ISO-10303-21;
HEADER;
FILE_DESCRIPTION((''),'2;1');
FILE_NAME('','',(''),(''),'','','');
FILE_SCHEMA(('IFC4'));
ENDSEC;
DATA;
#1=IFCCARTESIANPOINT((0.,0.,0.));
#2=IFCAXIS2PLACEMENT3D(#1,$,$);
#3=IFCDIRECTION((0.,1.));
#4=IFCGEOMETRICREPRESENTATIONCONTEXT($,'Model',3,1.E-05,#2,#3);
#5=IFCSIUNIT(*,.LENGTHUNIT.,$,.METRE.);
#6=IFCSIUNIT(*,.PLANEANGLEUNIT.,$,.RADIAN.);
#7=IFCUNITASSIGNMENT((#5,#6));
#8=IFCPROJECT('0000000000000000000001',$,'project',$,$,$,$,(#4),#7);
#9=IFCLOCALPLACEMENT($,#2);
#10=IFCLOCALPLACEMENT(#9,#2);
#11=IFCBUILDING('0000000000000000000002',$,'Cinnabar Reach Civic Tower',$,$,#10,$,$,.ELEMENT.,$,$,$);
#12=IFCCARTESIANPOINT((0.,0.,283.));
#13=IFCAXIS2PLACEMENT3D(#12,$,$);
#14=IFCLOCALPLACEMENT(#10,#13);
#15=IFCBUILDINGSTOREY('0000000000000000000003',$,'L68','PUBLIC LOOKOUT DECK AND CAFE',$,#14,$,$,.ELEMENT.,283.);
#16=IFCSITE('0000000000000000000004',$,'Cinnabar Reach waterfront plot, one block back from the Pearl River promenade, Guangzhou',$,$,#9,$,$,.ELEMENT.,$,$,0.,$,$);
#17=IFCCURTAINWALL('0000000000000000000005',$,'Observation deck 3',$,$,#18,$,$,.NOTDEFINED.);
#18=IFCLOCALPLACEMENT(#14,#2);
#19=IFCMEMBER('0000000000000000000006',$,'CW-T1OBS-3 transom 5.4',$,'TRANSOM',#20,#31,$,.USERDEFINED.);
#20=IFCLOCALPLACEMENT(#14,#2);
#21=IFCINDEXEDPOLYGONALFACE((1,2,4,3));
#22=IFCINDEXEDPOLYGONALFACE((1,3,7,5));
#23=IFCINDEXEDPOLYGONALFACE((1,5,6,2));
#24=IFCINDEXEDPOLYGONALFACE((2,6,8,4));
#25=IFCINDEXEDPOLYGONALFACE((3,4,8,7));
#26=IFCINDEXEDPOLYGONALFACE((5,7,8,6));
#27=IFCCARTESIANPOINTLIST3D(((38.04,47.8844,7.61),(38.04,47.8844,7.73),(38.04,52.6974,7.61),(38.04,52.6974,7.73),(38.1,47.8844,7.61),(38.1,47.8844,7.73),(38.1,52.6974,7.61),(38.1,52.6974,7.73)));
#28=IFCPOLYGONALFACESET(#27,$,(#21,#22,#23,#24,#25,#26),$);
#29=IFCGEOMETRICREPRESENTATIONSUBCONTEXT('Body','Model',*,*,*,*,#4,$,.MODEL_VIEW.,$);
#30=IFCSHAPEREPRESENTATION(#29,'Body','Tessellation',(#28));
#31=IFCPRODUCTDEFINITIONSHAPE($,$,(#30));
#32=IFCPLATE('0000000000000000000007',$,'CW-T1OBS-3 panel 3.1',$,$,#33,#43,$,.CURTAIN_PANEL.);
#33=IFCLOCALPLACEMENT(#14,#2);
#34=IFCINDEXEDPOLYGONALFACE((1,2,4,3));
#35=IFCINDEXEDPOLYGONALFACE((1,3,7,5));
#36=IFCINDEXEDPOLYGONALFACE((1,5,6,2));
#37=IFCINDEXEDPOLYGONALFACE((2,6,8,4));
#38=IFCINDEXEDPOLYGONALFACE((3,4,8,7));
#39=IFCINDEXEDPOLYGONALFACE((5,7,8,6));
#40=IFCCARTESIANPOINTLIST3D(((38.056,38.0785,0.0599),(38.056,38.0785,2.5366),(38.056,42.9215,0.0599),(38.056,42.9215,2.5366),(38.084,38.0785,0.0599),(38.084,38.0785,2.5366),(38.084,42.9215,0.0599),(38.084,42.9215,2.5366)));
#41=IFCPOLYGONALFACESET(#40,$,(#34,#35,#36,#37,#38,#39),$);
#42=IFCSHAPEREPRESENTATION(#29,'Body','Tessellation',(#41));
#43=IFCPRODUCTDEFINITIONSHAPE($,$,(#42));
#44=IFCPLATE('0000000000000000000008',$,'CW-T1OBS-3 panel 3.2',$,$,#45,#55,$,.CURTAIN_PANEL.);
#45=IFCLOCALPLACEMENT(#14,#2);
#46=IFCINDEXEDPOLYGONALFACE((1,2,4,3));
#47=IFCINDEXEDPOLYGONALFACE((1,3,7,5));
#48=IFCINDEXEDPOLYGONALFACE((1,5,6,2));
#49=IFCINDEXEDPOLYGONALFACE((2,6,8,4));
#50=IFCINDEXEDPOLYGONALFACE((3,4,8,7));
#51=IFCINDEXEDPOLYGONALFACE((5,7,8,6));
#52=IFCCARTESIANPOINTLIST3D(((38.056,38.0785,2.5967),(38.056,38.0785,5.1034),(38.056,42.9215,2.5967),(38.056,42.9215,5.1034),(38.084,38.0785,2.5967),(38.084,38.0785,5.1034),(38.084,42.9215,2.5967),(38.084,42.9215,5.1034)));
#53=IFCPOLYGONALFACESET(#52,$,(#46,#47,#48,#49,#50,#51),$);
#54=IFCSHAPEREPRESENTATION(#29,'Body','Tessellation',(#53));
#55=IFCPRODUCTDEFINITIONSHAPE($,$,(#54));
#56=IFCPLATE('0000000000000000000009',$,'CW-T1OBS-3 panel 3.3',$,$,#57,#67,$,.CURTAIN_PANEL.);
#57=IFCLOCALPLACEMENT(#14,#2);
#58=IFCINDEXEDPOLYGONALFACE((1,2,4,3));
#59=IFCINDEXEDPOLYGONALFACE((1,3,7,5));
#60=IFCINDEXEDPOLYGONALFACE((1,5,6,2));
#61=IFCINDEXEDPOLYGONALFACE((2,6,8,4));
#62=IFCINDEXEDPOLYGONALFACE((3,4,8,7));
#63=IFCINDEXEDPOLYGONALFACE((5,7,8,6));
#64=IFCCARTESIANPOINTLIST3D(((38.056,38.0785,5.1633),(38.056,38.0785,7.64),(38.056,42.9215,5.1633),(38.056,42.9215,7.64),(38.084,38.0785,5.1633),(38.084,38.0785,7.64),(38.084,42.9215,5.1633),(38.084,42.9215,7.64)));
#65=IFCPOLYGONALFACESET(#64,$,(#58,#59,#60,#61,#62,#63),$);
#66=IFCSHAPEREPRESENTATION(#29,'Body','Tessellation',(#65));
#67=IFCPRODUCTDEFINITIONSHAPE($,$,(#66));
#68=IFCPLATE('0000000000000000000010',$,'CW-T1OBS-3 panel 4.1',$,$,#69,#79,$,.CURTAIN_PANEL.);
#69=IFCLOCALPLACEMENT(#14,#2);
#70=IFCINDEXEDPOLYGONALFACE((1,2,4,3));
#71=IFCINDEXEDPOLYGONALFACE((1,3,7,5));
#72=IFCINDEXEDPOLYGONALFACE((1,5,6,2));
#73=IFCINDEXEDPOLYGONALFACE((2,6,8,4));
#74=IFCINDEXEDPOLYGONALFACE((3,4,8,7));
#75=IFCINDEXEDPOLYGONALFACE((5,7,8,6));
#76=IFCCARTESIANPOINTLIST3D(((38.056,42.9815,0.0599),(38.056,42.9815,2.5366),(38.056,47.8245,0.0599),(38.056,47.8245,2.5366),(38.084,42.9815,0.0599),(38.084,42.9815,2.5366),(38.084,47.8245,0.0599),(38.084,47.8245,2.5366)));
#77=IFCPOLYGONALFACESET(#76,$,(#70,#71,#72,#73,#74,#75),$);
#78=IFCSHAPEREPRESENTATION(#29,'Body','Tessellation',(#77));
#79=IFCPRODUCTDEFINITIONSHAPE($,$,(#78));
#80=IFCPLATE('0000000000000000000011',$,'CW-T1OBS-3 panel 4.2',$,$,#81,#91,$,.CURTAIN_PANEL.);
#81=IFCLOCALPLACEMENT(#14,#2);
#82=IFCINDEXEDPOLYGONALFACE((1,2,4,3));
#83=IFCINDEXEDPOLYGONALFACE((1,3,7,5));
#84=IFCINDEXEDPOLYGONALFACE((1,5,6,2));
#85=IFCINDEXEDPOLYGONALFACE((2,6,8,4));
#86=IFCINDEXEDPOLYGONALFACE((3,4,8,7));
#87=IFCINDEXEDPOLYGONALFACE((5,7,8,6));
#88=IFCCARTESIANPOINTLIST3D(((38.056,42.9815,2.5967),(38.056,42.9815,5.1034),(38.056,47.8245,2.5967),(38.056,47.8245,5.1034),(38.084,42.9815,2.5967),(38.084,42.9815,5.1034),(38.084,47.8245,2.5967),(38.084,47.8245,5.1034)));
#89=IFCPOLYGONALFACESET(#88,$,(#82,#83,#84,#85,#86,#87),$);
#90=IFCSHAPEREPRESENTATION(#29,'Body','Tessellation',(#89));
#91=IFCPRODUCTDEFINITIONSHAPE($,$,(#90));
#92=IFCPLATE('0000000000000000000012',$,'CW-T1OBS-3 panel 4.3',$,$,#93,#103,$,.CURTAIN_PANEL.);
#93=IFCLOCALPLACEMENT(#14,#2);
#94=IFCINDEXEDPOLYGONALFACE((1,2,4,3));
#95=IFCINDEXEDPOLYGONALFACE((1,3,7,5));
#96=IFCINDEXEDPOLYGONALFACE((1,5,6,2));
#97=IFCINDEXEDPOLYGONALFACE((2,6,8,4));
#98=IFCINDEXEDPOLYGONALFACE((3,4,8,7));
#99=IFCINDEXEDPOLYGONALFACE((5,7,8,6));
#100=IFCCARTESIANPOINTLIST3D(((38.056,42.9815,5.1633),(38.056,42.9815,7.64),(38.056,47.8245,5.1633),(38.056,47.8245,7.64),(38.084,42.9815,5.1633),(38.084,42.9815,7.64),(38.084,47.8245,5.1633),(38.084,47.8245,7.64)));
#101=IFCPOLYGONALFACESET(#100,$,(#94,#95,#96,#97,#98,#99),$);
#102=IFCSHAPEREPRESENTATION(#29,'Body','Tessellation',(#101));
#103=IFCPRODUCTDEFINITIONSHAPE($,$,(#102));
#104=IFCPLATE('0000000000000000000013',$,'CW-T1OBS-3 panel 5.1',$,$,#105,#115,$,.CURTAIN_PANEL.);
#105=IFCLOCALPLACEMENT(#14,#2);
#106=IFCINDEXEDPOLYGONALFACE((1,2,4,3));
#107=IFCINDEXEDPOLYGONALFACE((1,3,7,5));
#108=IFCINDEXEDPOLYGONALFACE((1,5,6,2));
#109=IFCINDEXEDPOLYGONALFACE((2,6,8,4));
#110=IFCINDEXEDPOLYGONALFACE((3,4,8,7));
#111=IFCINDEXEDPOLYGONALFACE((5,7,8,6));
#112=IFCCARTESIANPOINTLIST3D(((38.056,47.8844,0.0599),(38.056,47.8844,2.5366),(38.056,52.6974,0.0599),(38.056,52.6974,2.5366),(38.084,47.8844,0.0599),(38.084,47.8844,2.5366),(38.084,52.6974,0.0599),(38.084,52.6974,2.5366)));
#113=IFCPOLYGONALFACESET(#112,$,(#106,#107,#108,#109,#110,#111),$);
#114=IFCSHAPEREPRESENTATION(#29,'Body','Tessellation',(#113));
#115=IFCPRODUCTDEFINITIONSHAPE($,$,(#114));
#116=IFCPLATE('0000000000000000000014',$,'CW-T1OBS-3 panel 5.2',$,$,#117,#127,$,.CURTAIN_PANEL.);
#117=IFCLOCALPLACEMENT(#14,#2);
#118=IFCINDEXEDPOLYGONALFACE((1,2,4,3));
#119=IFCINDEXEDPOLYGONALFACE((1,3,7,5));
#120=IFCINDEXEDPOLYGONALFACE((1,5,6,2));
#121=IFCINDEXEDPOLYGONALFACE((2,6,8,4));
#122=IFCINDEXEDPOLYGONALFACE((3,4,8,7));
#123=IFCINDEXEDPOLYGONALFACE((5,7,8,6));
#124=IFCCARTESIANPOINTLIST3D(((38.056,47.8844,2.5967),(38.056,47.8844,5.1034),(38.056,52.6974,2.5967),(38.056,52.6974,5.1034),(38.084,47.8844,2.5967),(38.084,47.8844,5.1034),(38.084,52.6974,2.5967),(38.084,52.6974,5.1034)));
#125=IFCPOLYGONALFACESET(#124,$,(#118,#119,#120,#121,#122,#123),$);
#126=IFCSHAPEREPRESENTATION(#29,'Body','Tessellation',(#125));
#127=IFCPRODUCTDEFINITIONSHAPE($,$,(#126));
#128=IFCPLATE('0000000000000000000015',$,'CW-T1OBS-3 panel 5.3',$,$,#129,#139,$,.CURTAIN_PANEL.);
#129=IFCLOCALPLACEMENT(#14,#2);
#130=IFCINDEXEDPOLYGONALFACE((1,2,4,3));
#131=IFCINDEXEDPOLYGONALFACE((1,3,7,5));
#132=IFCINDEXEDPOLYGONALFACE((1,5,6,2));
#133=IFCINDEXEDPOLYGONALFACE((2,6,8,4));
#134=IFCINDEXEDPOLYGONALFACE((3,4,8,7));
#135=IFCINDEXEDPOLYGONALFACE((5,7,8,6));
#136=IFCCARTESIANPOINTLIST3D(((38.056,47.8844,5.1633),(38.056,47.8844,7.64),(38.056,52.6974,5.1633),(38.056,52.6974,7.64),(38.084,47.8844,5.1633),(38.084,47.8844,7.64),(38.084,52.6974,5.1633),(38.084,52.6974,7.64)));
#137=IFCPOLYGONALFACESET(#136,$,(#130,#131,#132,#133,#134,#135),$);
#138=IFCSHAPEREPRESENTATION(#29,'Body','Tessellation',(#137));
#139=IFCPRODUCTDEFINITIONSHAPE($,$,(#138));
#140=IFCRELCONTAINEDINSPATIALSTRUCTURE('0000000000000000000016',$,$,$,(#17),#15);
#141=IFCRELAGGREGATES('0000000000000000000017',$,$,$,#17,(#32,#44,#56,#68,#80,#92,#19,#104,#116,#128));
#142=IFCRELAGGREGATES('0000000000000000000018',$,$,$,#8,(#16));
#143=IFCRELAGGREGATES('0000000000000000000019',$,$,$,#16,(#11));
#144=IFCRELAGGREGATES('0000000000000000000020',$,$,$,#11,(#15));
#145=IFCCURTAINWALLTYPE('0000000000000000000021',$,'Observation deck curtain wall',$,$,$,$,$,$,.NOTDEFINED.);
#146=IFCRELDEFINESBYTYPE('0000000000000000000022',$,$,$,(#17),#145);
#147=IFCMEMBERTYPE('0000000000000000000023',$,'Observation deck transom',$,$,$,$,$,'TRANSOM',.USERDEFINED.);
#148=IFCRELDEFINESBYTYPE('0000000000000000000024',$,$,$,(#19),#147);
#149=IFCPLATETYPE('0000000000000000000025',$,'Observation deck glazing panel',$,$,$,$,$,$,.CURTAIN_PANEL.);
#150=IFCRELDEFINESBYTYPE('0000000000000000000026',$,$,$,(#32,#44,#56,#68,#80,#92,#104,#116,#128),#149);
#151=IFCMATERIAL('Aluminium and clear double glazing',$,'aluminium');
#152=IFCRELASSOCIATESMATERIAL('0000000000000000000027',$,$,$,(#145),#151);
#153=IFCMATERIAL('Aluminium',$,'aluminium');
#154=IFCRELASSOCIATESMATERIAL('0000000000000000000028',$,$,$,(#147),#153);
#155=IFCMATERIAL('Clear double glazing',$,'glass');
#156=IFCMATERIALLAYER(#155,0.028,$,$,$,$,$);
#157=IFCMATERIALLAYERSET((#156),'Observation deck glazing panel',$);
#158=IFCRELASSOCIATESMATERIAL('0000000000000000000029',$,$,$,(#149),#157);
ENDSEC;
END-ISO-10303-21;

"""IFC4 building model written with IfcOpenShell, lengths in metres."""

from ifc_helpers import new_model, si_unit, direction, frame, origin, origin_2d, place, context, subcontext, project, spatial, rectangle, extrude, material, layer, layer_set, material_profile, profile_set, type_object, element, aggregate, save


model = new_model("IFC4")

# Units and contexts
model_context = context("Model", 3, precision=1e-05, world=origin(), true_north=direction((0.0, 1.0)))
body_context = subcontext(model_context, "Body", "Model", "MODEL_VIEW")
ifc_project = project(units=[si_unit("LENGTHUNIT", "METRE"), si_unit("PLANEANGLEUNIT", "RADIAN")], contexts=[model_context])

# Site, building, storey
site_placement = place(None, origin())
site = spatial("IfcSite", under=ifc_project, at=site_placement, Name="Cinnabar Reach waterfront plot, one block back from the Pearl River promenade, Guangzhou", CompositionType="ELEMENT", RefElevation=0.0)
building_placement = place(site_placement, origin())
building = spatial("IfcBuilding", under=site, at=building_placement, Name="Cinnabar Reach Civic Tower", CompositionType="ELEMENT")
storey_placement = place(building_placement, frame((0.0, 0.0, 283.0)))
storey = spatial("IfcBuildingStorey", under=building, at=storey_placement, Name="L68", Description="PUBLIC LOOKOUT DECK AND CAFE", CompositionType="ELEMENT", Elevation=283.0)

# Curtain wall, member, plates
ifc_material_1 = material(Name="Aluminium and clear double glazing", Category="aluminium")
curtain_wall_type = type_object("IfcCurtainWallType", Name="Observation deck curtain wall", PredefinedType="NOTDEFINED", material=ifc_material_1)
curtain_wall_placement = place(storey_placement, origin())
curtain_wall = element("IfcCurtainWall", 1, at=curtain_wall_placement, inside=storey, type_object=curtain_wall_type, Name="Observation deck 3", PredefinedType="NOTDEFINED")
ifc_material_2 = material(Name="Aluminium", Category="aluminium")
ifc_material_profile_1 = material_profile(ifc_material_2, rectangle(XDim=0.06, YDim=0.12, at=origin_2d()), Name="Observation deck transom")
ifc_profile_set_1 = profile_set([ifc_material_profile_1], Name="Aluminium")
member_type_1 = type_object("IfcMemberType", Name="Observation deck transom", ElementType="TRANSOM", PredefinedType="USERDEFINED", material=ifc_profile_set_1)
member_1_placement = place(storey_placement, frame((38.07, 47.8844, 7.67), z_axis=(0.0, 1.0, 0.0), x_axis=(-1.0, 0.0, 0.0)))
member_1 = element("IfcMember", 2, at=member_1_placement, type_object=member_type_1, Name="CW-T1OBS-3 transom 5.4", ObjectType="TRANSOM", PredefinedType="USERDEFINED", context=body_context, shape_type="SweptSolid", body=[
    extrude(rectangle(XDim=0.06, YDim=0.12, at=origin_2d()), origin(), (0.0, 0.0, 1.0), 4.813),
])
ifc_material_3 = material(Name="Clear double glazing", Category="glass")
ifc_layer = layer(ifc_material_3, 0.028)
ifc_layer_set = layer_set([ifc_layer], Name="Observation deck glazing panel")
plate_type = type_object("IfcPlateType", Name="Observation deck glazing panel", PredefinedType="CURTAIN_PANEL", material=ifc_layer_set)
plate_1_placement = place(storey_placement, frame((38.07, 40.5, 0.0599), z_axis=(0.0, 0.0, 1.0), x_axis=(0.0, 1.0, 0.0)))
plate_1 = element("IfcPlate", 3, at=plate_1_placement, type_object=plate_type, Name="CW-T1OBS-3 panel 3.1", PredefinedType="CURTAIN_PANEL", context=body_context, shape_type="SweptSolid", body=[
    extrude(rectangle(XDim=4.843, YDim=0.028, at=origin_2d()), origin(), (0.0, 0.0, 1.0), 2.4767),
])
plate_2_placement = place(storey_placement, frame((38.07, 40.5, 2.5967), z_axis=(0.0, 0.0, 1.0), x_axis=(0.0, 1.0, 0.0)))
plate_2 = element("IfcPlate", 4, at=plate_2_placement, type_object=plate_type, Name="CW-T1OBS-3 panel 3.2", PredefinedType="CURTAIN_PANEL", context=body_context, shape_type="SweptSolid", body=[
    extrude(rectangle(XDim=4.843, YDim=0.028, at=origin_2d()), origin(), (0.0, 0.0, 1.0), 2.5067),
])
plate_3_placement = place(storey_placement, frame((38.07, 40.5, 5.1633), z_axis=(0.0, 0.0, 1.0), x_axis=(0.0, 1.0, 0.0)))
plate_3 = element("IfcPlate", 5, at=plate_3_placement, type_object=plate_type, Name="CW-T1OBS-3 panel 3.3", PredefinedType="CURTAIN_PANEL", context=body_context, shape_type="SweptSolid", body=[
    extrude(rectangle(XDim=4.843, YDim=0.028, at=origin_2d()), origin(), (0.0, 0.0, 1.0), 2.4767),
])
plate_4_placement = place(storey_placement, frame((38.07, 45.403, 0.0599), z_axis=(0.0, 0.0, 1.0), x_axis=(0.0, 1.0, 0.0)))
plate_4 = element("IfcPlate", 6, at=plate_4_placement, type_object=plate_type, Name="CW-T1OBS-3 panel 4.1", PredefinedType="CURTAIN_PANEL", context=body_context, shape_type="SweptSolid", body=[
    extrude(rectangle(XDim=4.843, YDim=0.028, at=origin_2d()), origin(), (0.0, 0.0, 1.0), 2.4767),
])
plate_5_placement = place(storey_placement, frame((38.07, 45.403, 2.5967), z_axis=(0.0, 0.0, 1.0), x_axis=(0.0, 1.0, 0.0)))
plate_5 = element("IfcPlate", 7, at=plate_5_placement, type_object=plate_type, Name="CW-T1OBS-3 panel 4.2", PredefinedType="CURTAIN_PANEL", context=body_context, shape_type="SweptSolid", body=[
    extrude(rectangle(XDim=4.843, YDim=0.028, at=origin_2d()), origin(), (0.0, 0.0, 1.0), 2.5067),
])
plate_6_placement = place(storey_placement, frame((38.07, 45.403, 5.1633), z_axis=(0.0, 0.0, 1.0), x_axis=(0.0, 1.0, 0.0)))
plate_6 = element("IfcPlate", 8, at=plate_6_placement, type_object=plate_type, Name="CW-T1OBS-3 panel 4.3", PredefinedType="CURTAIN_PANEL", context=body_context, shape_type="SweptSolid", body=[
    extrude(rectangle(XDim=4.843, YDim=0.028, at=origin_2d()), origin(), (0.0, 0.0, 1.0), 2.4767),
])
plate_7_placement = place(storey_placement, frame((38.07, 50.2909, 0.0599), z_axis=(0.0, 0.0, 1.0), x_axis=(0.0, 1.0, 0.0)))
plate_7 = element("IfcPlate", 9, at=plate_7_placement, type_object=plate_type, Name="CW-T1OBS-3 panel 5.1", PredefinedType="CURTAIN_PANEL", context=body_context, shape_type="SweptSolid", body=[
    extrude(rectangle(XDim=4.813, YDim=0.028, at=origin_2d()), origin(), (0.0, 0.0, 1.0), 2.4767),
])
plate_8_placement = place(storey_placement, frame((38.07, 50.2909, 2.5967), z_axis=(0.0, 0.0, 1.0), x_axis=(0.0, 1.0, 0.0)))
plate_8 = element("IfcPlate", 10, at=plate_8_placement, type_object=plate_type, Name="CW-T1OBS-3 panel 5.2", PredefinedType="CURTAIN_PANEL", context=body_context, shape_type="SweptSolid", body=[
    extrude(rectangle(XDim=4.813, YDim=0.028, at=origin_2d()), origin(), (0.0, 0.0, 1.0), 2.5067),
])
plate_9_placement = place(storey_placement, frame((38.07, 50.2909, 5.1633), z_axis=(0.0, 0.0, 1.0), x_axis=(0.0, 1.0, 0.0)))
plate_9 = element("IfcPlate", 11, at=plate_9_placement, type_object=plate_type, Name="CW-T1OBS-3 panel 5.3", PredefinedType="CURTAIN_PANEL", context=body_context, shape_type="SweptSolid", body=[
    extrude(rectangle(XDim=4.813, YDim=0.028, at=origin_2d()), origin(), (0.0, 0.0, 1.0), 2.4767),
])
aggregate(curtain_wall, [plate_1, plate_2, plate_3, plate_4, plate_5, plate_6, member_1, plate_7, plate_8, plate_9])

save(model, "model.ifc")
